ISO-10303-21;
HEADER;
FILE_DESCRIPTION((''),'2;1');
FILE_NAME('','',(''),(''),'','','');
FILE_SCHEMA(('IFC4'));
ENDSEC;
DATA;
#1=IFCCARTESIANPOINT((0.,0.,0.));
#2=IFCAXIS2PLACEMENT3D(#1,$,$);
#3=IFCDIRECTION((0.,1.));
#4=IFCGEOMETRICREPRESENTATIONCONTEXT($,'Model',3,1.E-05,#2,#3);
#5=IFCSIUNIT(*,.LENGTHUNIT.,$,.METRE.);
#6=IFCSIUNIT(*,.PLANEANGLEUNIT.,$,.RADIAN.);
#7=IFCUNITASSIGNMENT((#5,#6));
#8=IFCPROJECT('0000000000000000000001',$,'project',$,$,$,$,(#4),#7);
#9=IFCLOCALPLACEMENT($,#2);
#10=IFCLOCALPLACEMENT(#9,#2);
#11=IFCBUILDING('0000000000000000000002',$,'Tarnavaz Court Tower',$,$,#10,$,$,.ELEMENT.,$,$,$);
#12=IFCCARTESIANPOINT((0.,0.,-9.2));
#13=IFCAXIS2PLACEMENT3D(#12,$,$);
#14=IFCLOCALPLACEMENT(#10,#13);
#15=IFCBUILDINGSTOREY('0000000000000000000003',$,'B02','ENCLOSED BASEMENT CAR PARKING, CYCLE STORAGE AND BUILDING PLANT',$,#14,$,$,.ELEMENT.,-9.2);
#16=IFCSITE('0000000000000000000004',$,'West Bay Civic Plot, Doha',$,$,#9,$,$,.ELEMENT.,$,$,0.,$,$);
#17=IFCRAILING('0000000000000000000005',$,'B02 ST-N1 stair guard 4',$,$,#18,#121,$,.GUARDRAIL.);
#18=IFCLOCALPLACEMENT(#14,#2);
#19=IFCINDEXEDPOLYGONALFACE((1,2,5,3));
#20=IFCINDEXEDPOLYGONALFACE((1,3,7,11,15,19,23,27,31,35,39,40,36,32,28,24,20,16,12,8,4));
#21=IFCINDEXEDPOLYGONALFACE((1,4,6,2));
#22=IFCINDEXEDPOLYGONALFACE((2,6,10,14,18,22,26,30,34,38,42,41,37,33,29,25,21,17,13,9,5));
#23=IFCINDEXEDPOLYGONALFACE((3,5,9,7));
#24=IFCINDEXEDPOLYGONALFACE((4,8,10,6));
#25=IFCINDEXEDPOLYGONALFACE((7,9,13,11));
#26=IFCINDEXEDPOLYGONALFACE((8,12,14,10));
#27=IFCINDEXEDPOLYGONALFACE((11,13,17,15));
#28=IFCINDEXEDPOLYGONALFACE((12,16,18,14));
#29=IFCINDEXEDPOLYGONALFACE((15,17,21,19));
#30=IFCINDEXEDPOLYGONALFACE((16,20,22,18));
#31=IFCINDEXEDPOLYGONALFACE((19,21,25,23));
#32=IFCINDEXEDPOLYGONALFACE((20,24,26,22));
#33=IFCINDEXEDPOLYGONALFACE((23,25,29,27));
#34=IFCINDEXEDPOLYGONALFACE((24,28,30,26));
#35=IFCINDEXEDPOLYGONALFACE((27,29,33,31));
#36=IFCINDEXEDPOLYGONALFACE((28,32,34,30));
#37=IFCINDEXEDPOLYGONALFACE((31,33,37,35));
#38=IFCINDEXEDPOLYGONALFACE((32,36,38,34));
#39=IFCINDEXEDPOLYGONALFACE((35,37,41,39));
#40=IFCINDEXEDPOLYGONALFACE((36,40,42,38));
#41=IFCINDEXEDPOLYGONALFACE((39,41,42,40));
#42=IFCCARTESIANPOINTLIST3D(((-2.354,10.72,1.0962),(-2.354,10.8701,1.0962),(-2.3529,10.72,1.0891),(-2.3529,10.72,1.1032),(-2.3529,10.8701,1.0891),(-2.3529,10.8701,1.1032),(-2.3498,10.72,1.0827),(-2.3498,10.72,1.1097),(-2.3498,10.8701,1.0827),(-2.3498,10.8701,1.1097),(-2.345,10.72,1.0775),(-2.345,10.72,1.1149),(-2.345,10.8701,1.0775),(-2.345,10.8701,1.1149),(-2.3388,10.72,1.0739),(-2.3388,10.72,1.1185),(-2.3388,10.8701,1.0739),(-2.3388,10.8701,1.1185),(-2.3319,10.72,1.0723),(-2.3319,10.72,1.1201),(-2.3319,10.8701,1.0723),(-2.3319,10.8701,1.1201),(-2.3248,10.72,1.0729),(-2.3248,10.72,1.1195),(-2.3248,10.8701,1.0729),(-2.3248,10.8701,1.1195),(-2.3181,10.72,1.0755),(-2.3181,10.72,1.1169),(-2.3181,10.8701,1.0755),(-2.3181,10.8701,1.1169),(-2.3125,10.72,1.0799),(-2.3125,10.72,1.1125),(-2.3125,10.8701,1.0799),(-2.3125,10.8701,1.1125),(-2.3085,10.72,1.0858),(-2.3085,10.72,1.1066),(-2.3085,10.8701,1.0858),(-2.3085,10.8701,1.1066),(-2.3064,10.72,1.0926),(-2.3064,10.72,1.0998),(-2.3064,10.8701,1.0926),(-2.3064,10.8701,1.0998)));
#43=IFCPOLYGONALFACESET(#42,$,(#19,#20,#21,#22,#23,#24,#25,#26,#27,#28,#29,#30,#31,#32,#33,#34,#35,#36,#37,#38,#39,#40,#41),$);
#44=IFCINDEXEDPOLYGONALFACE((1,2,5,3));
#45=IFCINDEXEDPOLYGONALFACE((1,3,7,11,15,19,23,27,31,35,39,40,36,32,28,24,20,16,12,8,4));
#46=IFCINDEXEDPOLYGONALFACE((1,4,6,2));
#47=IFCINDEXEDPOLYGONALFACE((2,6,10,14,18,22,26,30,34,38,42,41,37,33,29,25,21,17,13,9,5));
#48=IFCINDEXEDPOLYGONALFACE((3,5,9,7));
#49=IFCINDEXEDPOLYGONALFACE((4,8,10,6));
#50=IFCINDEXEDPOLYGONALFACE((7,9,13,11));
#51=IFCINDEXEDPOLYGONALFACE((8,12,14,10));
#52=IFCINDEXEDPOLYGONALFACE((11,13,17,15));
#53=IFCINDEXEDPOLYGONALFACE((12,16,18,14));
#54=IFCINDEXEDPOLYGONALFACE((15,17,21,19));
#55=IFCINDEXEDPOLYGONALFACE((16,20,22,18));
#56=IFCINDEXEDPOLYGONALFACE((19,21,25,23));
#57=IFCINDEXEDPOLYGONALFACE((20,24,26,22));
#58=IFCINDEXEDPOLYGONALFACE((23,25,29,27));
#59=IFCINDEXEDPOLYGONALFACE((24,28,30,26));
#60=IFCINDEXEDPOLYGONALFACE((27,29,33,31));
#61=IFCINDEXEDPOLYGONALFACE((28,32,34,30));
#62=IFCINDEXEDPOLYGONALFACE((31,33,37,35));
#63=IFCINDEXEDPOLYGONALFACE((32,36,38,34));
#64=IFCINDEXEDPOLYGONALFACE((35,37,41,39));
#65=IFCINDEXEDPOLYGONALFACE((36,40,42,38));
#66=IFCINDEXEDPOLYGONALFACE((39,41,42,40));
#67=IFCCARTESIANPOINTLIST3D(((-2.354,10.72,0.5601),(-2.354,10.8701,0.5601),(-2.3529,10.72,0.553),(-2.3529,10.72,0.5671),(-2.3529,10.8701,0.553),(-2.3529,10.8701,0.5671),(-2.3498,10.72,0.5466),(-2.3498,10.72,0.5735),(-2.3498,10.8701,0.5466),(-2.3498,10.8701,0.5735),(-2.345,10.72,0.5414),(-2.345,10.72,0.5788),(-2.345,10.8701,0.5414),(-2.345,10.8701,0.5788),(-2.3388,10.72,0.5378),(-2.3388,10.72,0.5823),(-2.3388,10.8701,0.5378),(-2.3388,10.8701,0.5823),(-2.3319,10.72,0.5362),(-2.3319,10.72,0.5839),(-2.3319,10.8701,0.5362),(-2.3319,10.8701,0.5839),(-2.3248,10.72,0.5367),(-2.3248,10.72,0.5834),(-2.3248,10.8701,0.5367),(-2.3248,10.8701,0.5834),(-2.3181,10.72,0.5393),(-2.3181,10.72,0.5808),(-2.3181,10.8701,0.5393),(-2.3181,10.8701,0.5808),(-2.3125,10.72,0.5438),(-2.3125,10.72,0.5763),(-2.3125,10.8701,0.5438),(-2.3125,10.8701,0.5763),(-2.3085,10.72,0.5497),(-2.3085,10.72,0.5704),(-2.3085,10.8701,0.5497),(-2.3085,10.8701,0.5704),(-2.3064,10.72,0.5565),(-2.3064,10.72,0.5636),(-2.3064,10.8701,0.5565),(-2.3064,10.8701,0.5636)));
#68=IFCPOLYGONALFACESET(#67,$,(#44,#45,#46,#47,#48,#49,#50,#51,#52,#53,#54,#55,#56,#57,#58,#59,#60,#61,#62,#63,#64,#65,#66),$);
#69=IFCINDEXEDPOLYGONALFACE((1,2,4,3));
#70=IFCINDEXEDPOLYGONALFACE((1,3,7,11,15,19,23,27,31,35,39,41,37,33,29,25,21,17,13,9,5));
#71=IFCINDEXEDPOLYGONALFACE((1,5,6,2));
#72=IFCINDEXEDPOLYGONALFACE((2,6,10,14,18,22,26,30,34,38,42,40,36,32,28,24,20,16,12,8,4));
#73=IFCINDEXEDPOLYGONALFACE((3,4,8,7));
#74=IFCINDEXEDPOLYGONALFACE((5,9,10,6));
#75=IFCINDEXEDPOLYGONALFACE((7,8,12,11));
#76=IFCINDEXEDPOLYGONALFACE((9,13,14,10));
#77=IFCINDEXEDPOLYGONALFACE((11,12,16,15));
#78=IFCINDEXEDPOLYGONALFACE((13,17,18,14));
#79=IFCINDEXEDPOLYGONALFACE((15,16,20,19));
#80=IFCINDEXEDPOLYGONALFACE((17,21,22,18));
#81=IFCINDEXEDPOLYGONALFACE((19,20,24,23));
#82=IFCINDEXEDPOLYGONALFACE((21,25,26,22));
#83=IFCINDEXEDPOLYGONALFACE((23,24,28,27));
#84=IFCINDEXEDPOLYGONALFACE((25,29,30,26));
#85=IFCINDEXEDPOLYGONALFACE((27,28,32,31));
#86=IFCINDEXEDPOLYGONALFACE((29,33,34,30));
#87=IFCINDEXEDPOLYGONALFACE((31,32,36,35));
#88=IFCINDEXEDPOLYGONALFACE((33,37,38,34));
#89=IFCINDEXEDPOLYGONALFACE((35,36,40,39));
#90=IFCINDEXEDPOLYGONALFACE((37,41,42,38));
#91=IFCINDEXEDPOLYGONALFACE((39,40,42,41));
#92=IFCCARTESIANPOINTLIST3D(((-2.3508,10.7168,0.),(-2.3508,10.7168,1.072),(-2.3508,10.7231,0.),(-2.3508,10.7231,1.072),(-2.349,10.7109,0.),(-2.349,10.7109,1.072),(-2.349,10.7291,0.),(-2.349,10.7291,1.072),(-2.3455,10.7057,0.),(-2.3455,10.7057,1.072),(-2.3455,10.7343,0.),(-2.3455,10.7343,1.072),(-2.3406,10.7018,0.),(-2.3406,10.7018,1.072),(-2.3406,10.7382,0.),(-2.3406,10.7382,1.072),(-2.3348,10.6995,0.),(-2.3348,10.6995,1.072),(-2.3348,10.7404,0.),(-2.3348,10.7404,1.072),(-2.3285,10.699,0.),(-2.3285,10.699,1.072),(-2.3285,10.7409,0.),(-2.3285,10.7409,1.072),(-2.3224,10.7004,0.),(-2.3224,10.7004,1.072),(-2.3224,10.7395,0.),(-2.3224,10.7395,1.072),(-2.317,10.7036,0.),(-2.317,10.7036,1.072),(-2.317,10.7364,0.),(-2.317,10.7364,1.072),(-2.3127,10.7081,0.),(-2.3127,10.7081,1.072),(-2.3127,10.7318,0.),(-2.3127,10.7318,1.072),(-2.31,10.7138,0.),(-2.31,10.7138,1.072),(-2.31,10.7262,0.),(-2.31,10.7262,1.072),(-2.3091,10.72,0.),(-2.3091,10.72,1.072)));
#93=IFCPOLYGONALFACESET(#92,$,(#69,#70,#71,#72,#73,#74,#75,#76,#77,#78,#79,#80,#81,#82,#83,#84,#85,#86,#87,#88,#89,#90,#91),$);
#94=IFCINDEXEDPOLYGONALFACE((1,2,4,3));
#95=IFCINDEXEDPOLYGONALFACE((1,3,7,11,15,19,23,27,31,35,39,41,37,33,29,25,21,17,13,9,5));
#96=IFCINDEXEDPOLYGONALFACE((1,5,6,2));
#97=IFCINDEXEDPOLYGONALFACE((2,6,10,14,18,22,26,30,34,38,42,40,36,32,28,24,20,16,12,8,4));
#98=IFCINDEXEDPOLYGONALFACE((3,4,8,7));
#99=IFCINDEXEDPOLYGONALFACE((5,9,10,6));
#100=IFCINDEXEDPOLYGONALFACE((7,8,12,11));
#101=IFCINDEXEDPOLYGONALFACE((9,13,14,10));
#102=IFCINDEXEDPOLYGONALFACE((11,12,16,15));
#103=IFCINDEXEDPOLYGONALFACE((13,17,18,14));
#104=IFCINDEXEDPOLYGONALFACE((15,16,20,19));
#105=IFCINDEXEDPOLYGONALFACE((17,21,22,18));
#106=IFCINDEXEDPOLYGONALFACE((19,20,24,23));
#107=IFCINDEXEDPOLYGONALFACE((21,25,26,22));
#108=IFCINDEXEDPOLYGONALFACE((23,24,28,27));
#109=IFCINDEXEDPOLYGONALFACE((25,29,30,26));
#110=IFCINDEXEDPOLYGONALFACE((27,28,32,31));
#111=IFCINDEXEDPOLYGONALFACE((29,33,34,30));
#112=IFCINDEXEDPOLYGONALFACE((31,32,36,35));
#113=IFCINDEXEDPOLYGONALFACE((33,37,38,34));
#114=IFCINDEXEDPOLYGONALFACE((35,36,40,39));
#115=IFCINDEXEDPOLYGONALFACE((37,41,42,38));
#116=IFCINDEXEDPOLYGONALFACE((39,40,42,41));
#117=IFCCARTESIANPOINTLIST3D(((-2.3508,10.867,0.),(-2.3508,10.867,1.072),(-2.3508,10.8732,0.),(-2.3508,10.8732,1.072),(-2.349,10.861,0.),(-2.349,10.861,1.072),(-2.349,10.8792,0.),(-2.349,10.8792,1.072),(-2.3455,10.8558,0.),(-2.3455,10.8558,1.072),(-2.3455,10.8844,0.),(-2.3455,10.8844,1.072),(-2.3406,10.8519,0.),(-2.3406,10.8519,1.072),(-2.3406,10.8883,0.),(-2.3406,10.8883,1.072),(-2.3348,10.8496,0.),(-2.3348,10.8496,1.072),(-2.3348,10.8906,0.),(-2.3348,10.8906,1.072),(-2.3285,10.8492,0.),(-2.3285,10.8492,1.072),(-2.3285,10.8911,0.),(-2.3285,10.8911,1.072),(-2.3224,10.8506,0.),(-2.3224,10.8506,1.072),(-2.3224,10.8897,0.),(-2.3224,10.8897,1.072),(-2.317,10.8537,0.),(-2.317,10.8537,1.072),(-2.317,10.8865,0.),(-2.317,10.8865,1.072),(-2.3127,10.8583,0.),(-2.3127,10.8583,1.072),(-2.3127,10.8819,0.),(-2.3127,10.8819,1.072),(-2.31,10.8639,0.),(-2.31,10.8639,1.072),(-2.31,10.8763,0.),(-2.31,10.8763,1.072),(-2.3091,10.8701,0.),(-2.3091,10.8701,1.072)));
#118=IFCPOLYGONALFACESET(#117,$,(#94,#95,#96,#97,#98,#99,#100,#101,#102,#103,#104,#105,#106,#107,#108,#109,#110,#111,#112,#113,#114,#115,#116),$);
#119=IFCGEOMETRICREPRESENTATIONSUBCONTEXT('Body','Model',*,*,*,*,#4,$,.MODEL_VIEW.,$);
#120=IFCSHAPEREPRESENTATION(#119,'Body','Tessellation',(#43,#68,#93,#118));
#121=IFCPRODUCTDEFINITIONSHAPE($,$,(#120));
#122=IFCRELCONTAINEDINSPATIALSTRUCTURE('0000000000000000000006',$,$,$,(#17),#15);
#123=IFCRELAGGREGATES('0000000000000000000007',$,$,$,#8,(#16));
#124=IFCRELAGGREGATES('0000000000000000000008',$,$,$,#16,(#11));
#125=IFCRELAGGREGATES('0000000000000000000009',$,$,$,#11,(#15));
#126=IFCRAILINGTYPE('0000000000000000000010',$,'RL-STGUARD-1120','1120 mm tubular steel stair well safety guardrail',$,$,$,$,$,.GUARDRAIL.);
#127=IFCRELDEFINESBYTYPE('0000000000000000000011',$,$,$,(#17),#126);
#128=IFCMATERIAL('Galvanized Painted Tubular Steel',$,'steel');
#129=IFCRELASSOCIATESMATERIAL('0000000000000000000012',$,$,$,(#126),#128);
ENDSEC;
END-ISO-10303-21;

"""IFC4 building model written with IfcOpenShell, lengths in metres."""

from ifc_helpers import new_model, si_unit, direction, frame, origin, origin_2d, place, context, subcontext, project, spatial, circle, extrude, material, type_object, element, save


model = new_model("IFC4")

# Units and contexts
model_context = context("Model", 3, precision=1e-05, world=origin(), true_north=direction((0.0, 1.0)))
body_context = subcontext(model_context, "Body", "Model", "MODEL_VIEW")
ifc_project = project(units=[si_unit("LENGTHUNIT", "METRE"), si_unit("PLANEANGLEUNIT", "RADIAN")], contexts=[model_context])

# Site, building, storey
site_placement = place(None, origin())
site = spatial("IfcSite", under=ifc_project, at=site_placement, Name="West Bay Civic Plot, Doha", CompositionType="ELEMENT", RefElevation=0.0)
building_placement = place(site_placement, origin())
building = spatial("IfcBuilding", under=site, at=building_placement, Name="Tarnavaz Court Tower", CompositionType="ELEMENT")
storey_placement = place(building_placement, frame((0.0, 0.0, -9.2)))
storey = spatial("IfcBuildingStorey", under=building, at=storey_placement, Name="B02", Description="ENCLOSED BASEMENT CAR PARKING, CYCLE STORAGE AND BUILDING PLANT", CompositionType="ELEMENT", Elevation=-9.2)

# Railing
ifc_material_1 = material(Name="Galvanized Painted Tubular Steel", Category="steel")
railing_type_1 = type_object("IfcRailingType", Name="RL-STGUARD-1120", Description="1120 mm tubular steel stair well safety guardrail", PredefinedType="GUARDRAIL", material=ifc_material_1)
railing_1_placement = place(storey_placement, frame((-2.3301, 10.72, 0.0)))
element("IfcRailing", 1, at=railing_1_placement, inside=storey, type_object=railing_type_1, Name="B02 ST-N1 stair guard 4", PredefinedType="GUARDRAIL", context=body_context, shape_type="SweptSolid", body=[
    extrude(circle(Radius=0.0239, at=origin_2d()), frame((0.0, 0.0, 1.0962), z_axis=(0.0, 1.0, 0.0), x_axis=(-1.0, 0.0, 0.0)), (0.0, 0.0, 1.0), 0.1501),
    extrude(circle(Radius=0.0239, at=origin_2d()), frame((0.0, 0.0, 0.5601), z_axis=(0.0, 1.0, 0.0), x_axis=(-1.0, 0.0, 0.0)), (0.0, 0.0, 1.0), 0.1501),
    extrude(circle(Radius=0.021, at=origin_2d()), origin(), (0.0, 0.0, 1.0), 1.072),
    extrude(circle(Radius=0.021, at=origin_2d()), frame((0.0, 0.1501, 0.0)), (0.0, 0.0, 1.0), 1.072),
])

save(model, "model.ifc")
